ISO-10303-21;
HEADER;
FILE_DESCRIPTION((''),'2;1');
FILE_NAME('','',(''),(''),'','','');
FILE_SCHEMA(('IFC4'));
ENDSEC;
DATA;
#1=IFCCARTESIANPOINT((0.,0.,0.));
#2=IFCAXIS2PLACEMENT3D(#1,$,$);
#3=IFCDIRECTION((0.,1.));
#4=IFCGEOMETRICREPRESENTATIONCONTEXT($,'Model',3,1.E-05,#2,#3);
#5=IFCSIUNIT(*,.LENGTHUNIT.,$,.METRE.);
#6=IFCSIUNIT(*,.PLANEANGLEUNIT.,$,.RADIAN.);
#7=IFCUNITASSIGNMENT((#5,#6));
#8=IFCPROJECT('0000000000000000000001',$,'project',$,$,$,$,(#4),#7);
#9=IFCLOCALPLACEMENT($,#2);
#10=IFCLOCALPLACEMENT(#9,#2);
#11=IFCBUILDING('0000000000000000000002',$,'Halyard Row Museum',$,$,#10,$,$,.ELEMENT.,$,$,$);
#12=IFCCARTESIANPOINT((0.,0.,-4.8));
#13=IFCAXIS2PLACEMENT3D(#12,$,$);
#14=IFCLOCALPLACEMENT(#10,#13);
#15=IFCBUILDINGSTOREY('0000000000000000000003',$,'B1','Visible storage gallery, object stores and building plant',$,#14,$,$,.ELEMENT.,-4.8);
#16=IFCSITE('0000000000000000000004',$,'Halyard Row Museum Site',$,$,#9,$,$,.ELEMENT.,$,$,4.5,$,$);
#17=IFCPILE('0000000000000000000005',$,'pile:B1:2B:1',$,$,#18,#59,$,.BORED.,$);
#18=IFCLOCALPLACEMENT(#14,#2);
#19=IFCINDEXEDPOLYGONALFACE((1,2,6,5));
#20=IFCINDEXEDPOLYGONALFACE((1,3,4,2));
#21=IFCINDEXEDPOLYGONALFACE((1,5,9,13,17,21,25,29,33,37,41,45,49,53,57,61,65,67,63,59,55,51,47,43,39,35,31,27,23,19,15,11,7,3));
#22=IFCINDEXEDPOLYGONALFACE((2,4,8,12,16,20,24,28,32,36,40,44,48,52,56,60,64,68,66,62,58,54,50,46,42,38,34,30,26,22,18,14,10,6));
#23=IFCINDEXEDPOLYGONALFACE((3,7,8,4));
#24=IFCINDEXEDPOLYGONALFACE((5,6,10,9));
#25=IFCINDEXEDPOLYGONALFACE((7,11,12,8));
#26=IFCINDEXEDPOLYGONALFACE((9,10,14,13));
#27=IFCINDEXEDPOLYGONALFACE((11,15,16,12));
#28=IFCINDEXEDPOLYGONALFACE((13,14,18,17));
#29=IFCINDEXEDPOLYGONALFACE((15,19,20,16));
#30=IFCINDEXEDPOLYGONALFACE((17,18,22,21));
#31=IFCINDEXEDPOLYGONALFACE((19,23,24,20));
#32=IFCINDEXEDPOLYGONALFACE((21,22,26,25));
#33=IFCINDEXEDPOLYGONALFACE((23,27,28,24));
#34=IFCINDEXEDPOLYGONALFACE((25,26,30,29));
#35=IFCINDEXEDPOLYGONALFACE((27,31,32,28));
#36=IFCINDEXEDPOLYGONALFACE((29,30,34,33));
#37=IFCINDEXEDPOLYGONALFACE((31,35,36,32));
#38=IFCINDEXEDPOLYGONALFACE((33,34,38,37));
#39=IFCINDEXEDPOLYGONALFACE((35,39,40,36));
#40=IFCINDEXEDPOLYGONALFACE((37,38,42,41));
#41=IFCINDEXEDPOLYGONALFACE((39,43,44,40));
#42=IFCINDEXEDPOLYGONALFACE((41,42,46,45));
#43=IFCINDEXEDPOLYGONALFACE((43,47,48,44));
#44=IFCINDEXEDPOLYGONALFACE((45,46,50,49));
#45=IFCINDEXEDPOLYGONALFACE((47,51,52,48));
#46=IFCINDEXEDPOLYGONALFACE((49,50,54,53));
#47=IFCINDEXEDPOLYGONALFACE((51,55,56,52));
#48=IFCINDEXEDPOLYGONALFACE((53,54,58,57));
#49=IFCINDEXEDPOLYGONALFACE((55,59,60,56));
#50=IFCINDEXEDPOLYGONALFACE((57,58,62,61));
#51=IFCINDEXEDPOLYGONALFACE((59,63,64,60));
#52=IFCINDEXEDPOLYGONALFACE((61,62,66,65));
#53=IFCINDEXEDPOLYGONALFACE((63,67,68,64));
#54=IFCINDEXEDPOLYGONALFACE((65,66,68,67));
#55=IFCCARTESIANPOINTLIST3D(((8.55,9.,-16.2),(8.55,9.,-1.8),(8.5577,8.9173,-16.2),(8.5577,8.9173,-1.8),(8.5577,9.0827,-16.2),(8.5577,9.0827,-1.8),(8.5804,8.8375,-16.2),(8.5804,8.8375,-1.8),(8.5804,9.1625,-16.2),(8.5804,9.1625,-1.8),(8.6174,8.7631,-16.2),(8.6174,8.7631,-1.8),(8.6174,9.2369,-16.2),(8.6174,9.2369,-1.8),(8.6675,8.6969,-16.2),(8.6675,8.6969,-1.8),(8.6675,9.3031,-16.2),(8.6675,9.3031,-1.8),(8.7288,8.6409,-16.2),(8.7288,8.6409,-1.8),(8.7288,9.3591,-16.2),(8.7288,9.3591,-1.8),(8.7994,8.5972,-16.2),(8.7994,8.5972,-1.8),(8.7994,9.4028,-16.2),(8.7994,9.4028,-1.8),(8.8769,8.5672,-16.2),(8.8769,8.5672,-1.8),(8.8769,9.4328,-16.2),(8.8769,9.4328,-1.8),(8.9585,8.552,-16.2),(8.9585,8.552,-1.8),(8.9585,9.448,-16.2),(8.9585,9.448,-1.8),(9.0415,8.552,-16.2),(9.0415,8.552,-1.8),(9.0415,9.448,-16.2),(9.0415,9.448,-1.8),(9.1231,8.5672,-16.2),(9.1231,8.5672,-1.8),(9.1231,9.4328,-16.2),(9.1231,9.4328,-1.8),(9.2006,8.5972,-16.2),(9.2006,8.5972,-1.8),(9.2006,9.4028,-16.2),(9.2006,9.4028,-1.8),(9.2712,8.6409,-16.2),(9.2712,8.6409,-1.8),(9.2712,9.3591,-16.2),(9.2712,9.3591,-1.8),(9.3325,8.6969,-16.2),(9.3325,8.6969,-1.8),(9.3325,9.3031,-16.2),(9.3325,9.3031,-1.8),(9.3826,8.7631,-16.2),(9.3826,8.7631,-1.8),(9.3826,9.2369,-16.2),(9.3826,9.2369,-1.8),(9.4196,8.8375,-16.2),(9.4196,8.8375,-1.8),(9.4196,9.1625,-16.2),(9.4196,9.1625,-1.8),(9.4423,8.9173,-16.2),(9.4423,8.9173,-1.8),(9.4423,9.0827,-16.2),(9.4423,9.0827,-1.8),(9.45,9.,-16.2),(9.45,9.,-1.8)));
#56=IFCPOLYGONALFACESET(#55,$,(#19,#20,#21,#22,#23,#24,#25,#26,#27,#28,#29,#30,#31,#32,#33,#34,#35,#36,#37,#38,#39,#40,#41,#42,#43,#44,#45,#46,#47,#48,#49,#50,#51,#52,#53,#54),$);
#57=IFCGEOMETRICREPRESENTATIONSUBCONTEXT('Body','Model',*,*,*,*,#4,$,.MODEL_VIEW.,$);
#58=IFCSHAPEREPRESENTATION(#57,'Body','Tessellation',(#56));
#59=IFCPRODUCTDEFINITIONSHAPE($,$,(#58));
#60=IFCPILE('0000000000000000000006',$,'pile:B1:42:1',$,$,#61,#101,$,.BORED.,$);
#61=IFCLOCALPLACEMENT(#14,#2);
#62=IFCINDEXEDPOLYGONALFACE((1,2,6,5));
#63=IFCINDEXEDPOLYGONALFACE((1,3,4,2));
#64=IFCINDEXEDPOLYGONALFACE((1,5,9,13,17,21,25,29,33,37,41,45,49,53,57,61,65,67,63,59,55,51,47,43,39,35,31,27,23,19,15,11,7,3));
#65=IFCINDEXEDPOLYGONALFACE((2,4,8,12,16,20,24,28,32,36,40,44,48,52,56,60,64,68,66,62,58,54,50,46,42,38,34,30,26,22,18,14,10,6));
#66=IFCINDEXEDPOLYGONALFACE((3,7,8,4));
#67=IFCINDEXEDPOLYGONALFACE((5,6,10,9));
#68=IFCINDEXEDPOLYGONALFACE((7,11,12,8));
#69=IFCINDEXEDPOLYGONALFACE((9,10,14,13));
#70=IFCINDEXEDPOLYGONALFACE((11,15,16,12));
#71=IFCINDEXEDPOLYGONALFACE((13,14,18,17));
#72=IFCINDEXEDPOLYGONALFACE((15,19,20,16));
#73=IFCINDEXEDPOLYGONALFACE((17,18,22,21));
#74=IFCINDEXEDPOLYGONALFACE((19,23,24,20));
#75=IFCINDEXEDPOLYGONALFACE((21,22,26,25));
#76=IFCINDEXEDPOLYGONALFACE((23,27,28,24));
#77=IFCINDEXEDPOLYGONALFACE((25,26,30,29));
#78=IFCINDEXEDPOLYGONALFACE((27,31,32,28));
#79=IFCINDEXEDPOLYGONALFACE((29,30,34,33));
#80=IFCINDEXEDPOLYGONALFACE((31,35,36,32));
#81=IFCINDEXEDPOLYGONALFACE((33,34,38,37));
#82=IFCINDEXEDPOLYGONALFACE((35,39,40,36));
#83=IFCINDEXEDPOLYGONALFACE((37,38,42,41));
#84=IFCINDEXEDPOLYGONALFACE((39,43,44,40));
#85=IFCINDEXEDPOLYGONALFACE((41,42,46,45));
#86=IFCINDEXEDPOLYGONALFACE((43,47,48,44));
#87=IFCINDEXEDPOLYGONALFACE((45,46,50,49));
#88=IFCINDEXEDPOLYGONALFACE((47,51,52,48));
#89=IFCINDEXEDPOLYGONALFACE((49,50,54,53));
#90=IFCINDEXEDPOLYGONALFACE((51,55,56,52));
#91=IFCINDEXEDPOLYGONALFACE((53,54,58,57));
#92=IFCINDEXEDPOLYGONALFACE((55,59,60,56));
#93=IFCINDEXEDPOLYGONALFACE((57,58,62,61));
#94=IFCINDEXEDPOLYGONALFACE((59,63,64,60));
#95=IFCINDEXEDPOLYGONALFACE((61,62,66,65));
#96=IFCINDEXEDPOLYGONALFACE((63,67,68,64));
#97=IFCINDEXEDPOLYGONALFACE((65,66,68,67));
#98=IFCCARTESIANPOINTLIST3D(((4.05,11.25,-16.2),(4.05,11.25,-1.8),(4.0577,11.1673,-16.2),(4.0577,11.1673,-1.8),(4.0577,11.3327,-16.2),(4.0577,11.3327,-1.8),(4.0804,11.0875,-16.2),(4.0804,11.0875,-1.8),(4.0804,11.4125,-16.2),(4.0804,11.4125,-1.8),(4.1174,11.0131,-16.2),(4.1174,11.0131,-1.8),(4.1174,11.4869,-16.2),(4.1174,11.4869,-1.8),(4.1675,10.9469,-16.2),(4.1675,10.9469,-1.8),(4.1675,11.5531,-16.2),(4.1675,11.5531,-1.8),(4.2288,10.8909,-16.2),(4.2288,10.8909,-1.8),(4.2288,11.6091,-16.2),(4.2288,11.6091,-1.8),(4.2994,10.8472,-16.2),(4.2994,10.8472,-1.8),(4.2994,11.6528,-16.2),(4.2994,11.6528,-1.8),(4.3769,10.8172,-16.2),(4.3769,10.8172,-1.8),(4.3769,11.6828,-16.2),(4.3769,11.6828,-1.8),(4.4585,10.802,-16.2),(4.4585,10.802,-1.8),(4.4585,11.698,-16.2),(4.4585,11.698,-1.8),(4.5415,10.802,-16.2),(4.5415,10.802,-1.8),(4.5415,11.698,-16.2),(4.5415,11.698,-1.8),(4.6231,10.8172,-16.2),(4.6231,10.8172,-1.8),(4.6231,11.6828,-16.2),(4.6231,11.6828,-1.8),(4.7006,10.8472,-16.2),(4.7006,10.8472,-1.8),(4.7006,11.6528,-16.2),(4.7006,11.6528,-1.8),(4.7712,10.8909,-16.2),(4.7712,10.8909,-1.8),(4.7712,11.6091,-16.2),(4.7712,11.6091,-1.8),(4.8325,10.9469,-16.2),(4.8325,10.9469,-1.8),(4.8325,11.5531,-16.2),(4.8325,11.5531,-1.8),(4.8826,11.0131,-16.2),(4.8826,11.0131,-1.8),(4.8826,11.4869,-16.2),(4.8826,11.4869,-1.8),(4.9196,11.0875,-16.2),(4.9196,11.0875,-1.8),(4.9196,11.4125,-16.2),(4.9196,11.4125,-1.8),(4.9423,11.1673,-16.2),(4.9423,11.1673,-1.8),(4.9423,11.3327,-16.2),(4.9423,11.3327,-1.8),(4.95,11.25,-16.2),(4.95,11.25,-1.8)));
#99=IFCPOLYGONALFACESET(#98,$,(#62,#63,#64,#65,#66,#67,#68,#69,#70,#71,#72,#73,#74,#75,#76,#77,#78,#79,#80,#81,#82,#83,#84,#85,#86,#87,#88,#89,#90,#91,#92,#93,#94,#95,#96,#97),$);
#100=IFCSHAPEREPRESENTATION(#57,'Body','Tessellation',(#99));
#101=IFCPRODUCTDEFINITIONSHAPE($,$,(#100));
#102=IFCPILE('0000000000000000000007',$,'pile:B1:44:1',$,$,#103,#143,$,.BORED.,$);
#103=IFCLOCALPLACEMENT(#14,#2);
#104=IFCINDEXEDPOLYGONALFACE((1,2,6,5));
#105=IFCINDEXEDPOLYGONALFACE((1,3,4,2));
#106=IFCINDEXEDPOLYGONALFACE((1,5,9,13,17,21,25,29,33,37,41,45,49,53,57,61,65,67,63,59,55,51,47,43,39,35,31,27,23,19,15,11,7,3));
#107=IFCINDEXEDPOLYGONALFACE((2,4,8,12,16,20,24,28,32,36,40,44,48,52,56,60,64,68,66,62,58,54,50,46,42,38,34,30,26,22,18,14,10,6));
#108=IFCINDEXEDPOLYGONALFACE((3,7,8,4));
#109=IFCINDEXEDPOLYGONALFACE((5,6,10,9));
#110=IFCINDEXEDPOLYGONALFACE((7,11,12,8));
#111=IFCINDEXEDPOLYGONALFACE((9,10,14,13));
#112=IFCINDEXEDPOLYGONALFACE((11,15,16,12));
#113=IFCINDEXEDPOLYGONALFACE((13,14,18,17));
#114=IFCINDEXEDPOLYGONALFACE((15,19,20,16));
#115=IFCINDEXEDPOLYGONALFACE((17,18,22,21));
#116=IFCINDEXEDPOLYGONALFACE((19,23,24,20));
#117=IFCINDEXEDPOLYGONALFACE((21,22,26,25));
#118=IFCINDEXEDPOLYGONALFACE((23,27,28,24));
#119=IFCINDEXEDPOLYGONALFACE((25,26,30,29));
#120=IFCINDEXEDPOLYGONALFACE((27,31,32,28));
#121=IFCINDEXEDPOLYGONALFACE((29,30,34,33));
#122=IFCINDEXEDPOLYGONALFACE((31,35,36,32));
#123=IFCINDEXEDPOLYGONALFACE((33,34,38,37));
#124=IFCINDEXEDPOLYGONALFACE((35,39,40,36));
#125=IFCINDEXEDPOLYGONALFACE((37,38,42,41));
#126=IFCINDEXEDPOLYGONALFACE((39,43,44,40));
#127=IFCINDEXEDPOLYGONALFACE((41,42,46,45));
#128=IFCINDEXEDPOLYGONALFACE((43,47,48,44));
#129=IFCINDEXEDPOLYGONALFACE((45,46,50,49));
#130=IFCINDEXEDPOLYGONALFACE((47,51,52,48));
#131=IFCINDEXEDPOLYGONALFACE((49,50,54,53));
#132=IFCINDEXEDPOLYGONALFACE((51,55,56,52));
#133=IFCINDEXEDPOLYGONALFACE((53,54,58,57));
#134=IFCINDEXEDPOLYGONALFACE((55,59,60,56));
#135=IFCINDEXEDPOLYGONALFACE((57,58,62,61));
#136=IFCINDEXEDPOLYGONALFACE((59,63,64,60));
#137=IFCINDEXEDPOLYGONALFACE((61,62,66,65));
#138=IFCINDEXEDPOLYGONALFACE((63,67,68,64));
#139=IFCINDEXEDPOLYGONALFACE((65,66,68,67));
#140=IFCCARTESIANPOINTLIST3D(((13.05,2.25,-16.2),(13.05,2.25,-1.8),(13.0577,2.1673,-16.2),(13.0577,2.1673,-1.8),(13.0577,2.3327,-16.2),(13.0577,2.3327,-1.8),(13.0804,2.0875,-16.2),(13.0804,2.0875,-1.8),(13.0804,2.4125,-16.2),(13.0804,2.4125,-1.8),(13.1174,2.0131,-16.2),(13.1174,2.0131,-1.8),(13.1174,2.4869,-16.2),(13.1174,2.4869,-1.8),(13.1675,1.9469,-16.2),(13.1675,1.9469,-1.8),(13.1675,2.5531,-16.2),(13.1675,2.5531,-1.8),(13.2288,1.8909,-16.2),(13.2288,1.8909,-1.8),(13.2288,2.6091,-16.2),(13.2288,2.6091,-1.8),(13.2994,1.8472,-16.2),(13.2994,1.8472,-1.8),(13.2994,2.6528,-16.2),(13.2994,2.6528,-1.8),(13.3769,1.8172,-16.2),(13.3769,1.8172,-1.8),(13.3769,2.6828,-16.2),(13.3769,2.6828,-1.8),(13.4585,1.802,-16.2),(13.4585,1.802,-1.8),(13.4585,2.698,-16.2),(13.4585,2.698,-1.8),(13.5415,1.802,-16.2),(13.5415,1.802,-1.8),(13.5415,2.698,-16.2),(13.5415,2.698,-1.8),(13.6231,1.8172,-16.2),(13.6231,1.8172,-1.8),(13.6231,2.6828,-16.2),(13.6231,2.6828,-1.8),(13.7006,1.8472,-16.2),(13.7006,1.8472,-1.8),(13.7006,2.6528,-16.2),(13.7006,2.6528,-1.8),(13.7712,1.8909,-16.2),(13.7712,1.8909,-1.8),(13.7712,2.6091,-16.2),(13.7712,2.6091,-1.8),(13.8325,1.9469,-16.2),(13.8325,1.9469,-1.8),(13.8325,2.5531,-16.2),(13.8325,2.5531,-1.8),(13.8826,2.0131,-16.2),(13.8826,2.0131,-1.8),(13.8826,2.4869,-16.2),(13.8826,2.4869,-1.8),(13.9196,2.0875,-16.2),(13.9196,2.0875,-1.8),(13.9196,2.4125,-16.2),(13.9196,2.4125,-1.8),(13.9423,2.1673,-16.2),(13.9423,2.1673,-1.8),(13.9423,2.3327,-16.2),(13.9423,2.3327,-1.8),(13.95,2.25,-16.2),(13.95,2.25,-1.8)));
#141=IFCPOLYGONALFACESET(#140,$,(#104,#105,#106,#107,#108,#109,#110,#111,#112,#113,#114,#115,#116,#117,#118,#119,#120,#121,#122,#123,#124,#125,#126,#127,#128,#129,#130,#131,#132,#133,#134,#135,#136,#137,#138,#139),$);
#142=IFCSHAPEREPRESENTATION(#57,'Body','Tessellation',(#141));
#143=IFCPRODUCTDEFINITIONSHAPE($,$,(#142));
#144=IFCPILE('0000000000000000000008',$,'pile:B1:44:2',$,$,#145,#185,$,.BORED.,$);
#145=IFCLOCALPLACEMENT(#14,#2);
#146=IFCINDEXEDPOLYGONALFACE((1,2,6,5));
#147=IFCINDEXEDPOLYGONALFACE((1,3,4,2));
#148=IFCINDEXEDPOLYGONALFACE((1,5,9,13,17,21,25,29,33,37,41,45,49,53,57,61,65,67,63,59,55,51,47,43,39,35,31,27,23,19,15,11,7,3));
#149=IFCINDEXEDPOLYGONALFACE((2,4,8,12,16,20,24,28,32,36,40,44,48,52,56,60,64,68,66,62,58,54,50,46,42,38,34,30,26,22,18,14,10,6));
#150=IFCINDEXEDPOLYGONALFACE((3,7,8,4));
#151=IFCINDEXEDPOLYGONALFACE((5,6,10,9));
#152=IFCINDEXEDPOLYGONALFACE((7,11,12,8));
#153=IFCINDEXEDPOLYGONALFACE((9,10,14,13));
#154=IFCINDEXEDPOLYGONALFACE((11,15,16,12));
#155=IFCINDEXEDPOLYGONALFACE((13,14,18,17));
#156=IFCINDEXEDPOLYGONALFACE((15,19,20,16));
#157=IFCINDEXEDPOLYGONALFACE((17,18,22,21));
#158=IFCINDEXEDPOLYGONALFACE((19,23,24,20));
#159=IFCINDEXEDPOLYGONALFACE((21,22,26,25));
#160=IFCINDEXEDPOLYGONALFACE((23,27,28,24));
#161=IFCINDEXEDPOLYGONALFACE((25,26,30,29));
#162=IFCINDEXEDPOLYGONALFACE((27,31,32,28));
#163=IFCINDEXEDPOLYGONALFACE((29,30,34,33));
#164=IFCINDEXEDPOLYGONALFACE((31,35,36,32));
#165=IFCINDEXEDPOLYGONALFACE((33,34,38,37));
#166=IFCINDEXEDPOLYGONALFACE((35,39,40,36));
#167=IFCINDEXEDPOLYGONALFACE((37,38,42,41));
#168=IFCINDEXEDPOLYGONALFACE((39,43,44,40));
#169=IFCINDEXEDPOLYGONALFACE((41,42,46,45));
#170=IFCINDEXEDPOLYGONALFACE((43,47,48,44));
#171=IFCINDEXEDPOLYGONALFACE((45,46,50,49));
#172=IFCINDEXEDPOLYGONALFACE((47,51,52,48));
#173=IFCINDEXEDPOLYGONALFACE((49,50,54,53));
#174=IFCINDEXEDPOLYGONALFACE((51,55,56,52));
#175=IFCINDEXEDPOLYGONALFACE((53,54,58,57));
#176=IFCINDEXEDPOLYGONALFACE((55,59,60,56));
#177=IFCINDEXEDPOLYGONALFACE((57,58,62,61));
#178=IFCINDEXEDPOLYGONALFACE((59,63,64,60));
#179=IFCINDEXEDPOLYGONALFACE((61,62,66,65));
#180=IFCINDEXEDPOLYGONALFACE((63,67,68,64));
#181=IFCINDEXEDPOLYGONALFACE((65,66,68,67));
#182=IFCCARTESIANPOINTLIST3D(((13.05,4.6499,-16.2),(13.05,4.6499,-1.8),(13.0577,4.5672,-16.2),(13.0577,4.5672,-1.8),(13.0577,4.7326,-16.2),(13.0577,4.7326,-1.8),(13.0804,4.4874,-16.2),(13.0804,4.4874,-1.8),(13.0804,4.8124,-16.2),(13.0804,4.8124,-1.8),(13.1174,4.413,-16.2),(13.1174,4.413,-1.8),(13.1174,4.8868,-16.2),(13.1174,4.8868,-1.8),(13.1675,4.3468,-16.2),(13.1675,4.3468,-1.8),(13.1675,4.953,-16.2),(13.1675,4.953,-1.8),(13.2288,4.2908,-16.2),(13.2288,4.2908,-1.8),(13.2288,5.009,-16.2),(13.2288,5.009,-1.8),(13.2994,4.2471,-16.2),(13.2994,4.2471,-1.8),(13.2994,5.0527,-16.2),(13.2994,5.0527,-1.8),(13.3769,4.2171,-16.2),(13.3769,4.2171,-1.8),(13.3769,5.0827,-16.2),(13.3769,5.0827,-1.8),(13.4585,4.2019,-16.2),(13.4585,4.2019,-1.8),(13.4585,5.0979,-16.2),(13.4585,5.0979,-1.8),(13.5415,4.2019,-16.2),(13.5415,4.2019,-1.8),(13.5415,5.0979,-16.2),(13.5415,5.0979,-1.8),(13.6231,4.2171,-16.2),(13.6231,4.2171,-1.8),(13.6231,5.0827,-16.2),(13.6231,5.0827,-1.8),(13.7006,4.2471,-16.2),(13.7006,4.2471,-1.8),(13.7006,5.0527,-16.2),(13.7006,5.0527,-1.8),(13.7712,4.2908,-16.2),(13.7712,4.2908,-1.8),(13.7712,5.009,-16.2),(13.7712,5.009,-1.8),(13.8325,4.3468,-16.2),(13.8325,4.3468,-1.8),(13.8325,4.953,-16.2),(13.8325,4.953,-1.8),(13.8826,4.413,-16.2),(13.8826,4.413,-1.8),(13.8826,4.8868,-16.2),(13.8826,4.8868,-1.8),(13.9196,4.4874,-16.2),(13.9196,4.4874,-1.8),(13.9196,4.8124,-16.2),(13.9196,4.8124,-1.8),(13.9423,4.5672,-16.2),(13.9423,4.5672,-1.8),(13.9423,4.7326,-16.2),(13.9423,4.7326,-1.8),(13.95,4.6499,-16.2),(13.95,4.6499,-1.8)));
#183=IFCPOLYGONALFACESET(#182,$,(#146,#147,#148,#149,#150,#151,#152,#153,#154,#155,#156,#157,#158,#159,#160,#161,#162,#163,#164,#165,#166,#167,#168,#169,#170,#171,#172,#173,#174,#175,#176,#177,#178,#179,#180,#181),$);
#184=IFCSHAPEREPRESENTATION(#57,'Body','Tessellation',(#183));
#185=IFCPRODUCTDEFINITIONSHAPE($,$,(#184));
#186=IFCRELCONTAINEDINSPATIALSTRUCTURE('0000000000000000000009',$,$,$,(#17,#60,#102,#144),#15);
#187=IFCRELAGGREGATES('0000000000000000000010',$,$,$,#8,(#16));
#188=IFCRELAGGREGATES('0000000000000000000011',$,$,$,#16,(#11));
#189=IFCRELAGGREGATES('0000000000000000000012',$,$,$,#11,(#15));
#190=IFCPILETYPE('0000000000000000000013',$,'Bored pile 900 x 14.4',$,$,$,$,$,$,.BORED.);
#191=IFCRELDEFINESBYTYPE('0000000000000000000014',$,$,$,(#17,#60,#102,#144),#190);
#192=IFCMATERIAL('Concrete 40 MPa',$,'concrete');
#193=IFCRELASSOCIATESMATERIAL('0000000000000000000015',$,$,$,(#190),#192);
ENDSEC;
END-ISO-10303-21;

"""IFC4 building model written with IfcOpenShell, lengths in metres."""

from ifc_helpers import new_model, si_unit, direction, frame, origin, origin_2d, place, context, subcontext, project, spatial, circle, extrude, material, material_profile, profile_set, type_object, element, save


model = new_model("IFC4")

# Units and contexts
model_context = context("Model", 3, precision=1e-05, world=origin(), true_north=direction((0.0, 1.0)))
body_context = subcontext(model_context, "Body", "Model", "MODEL_VIEW")
ifc_project = project(units=[si_unit("LENGTHUNIT", "METRE"), si_unit("PLANEANGLEUNIT", "RADIAN")], contexts=[model_context])

# Site, building, storey
site_placement = place(None, origin())
site = spatial("IfcSite", under=ifc_project, at=site_placement, Name="Halyard Row Museum Site", CompositionType="ELEMENT", RefElevation=4.5)
building_placement = place(site_placement, origin())
building = spatial("IfcBuilding", under=site, at=building_placement, Name="Halyard Row Museum", CompositionType="ELEMENT")
storey_placement = place(building_placement, frame((0.0, 0.0, -4.8)))
storey = spatial("IfcBuildingStorey", under=building, at=storey_placement, Name="B1", Description="Visible storage gallery, object stores and building plant", CompositionType="ELEMENT", Elevation=-4.8)

# Piles
ifc_material_1 = material(Name="Concrete 40 MPa", Category="concrete")
ifc_material_profile_1 = material_profile(ifc_material_1, circle(Radius=0.45, at=origin_2d()), Name="Bored pile 900 x 14.4")
ifc_profile_set_1 = profile_set([ifc_material_profile_1], Name="Concrete 40 MPa")
pile_type_1 = type_object("IfcPileType", Name="Bored pile 900 x 14.4", PredefinedType="BORED", material=ifc_profile_set_1)
for number, where, z_axis, x_axis, name in (
    (1, (9.0, 9.0, -1.8), (0.0, 0.0, -1.0), (1.0, 0.0, 0.0), "pile:B1:2B:1"),
    (2, (4.5, 11.25, -1.8), (0.0, 0.0, -1.0), (1.0, 0.0, 0.0), "pile:B1:42:1"),
    (3, (13.5, 2.25, -1.8), (0.0, 0.0, -1.0), (1.0, 0.0, 0.0), "pile:B1:44:1"),
    (4, (13.5, 4.6499, -1.8), (0.0, 0.0, -1.0), (1.0, 0.0, 0.0), "pile:B1:44:2"),
):
    element("IfcPile", number, at=place(storey_placement, frame(where, z_axis=z_axis, x_axis=x_axis)), inside=storey, type_object=pile_type_1, Name=name, PredefinedType="BORED", context=body_context, shape_type="SweptSolid", body=[
        extrude(circle(Radius=0.45, at=origin_2d()), origin(), (0.0, 0.0, 1.0), 14.3999),
    ])

save(model, "model.ifc")
